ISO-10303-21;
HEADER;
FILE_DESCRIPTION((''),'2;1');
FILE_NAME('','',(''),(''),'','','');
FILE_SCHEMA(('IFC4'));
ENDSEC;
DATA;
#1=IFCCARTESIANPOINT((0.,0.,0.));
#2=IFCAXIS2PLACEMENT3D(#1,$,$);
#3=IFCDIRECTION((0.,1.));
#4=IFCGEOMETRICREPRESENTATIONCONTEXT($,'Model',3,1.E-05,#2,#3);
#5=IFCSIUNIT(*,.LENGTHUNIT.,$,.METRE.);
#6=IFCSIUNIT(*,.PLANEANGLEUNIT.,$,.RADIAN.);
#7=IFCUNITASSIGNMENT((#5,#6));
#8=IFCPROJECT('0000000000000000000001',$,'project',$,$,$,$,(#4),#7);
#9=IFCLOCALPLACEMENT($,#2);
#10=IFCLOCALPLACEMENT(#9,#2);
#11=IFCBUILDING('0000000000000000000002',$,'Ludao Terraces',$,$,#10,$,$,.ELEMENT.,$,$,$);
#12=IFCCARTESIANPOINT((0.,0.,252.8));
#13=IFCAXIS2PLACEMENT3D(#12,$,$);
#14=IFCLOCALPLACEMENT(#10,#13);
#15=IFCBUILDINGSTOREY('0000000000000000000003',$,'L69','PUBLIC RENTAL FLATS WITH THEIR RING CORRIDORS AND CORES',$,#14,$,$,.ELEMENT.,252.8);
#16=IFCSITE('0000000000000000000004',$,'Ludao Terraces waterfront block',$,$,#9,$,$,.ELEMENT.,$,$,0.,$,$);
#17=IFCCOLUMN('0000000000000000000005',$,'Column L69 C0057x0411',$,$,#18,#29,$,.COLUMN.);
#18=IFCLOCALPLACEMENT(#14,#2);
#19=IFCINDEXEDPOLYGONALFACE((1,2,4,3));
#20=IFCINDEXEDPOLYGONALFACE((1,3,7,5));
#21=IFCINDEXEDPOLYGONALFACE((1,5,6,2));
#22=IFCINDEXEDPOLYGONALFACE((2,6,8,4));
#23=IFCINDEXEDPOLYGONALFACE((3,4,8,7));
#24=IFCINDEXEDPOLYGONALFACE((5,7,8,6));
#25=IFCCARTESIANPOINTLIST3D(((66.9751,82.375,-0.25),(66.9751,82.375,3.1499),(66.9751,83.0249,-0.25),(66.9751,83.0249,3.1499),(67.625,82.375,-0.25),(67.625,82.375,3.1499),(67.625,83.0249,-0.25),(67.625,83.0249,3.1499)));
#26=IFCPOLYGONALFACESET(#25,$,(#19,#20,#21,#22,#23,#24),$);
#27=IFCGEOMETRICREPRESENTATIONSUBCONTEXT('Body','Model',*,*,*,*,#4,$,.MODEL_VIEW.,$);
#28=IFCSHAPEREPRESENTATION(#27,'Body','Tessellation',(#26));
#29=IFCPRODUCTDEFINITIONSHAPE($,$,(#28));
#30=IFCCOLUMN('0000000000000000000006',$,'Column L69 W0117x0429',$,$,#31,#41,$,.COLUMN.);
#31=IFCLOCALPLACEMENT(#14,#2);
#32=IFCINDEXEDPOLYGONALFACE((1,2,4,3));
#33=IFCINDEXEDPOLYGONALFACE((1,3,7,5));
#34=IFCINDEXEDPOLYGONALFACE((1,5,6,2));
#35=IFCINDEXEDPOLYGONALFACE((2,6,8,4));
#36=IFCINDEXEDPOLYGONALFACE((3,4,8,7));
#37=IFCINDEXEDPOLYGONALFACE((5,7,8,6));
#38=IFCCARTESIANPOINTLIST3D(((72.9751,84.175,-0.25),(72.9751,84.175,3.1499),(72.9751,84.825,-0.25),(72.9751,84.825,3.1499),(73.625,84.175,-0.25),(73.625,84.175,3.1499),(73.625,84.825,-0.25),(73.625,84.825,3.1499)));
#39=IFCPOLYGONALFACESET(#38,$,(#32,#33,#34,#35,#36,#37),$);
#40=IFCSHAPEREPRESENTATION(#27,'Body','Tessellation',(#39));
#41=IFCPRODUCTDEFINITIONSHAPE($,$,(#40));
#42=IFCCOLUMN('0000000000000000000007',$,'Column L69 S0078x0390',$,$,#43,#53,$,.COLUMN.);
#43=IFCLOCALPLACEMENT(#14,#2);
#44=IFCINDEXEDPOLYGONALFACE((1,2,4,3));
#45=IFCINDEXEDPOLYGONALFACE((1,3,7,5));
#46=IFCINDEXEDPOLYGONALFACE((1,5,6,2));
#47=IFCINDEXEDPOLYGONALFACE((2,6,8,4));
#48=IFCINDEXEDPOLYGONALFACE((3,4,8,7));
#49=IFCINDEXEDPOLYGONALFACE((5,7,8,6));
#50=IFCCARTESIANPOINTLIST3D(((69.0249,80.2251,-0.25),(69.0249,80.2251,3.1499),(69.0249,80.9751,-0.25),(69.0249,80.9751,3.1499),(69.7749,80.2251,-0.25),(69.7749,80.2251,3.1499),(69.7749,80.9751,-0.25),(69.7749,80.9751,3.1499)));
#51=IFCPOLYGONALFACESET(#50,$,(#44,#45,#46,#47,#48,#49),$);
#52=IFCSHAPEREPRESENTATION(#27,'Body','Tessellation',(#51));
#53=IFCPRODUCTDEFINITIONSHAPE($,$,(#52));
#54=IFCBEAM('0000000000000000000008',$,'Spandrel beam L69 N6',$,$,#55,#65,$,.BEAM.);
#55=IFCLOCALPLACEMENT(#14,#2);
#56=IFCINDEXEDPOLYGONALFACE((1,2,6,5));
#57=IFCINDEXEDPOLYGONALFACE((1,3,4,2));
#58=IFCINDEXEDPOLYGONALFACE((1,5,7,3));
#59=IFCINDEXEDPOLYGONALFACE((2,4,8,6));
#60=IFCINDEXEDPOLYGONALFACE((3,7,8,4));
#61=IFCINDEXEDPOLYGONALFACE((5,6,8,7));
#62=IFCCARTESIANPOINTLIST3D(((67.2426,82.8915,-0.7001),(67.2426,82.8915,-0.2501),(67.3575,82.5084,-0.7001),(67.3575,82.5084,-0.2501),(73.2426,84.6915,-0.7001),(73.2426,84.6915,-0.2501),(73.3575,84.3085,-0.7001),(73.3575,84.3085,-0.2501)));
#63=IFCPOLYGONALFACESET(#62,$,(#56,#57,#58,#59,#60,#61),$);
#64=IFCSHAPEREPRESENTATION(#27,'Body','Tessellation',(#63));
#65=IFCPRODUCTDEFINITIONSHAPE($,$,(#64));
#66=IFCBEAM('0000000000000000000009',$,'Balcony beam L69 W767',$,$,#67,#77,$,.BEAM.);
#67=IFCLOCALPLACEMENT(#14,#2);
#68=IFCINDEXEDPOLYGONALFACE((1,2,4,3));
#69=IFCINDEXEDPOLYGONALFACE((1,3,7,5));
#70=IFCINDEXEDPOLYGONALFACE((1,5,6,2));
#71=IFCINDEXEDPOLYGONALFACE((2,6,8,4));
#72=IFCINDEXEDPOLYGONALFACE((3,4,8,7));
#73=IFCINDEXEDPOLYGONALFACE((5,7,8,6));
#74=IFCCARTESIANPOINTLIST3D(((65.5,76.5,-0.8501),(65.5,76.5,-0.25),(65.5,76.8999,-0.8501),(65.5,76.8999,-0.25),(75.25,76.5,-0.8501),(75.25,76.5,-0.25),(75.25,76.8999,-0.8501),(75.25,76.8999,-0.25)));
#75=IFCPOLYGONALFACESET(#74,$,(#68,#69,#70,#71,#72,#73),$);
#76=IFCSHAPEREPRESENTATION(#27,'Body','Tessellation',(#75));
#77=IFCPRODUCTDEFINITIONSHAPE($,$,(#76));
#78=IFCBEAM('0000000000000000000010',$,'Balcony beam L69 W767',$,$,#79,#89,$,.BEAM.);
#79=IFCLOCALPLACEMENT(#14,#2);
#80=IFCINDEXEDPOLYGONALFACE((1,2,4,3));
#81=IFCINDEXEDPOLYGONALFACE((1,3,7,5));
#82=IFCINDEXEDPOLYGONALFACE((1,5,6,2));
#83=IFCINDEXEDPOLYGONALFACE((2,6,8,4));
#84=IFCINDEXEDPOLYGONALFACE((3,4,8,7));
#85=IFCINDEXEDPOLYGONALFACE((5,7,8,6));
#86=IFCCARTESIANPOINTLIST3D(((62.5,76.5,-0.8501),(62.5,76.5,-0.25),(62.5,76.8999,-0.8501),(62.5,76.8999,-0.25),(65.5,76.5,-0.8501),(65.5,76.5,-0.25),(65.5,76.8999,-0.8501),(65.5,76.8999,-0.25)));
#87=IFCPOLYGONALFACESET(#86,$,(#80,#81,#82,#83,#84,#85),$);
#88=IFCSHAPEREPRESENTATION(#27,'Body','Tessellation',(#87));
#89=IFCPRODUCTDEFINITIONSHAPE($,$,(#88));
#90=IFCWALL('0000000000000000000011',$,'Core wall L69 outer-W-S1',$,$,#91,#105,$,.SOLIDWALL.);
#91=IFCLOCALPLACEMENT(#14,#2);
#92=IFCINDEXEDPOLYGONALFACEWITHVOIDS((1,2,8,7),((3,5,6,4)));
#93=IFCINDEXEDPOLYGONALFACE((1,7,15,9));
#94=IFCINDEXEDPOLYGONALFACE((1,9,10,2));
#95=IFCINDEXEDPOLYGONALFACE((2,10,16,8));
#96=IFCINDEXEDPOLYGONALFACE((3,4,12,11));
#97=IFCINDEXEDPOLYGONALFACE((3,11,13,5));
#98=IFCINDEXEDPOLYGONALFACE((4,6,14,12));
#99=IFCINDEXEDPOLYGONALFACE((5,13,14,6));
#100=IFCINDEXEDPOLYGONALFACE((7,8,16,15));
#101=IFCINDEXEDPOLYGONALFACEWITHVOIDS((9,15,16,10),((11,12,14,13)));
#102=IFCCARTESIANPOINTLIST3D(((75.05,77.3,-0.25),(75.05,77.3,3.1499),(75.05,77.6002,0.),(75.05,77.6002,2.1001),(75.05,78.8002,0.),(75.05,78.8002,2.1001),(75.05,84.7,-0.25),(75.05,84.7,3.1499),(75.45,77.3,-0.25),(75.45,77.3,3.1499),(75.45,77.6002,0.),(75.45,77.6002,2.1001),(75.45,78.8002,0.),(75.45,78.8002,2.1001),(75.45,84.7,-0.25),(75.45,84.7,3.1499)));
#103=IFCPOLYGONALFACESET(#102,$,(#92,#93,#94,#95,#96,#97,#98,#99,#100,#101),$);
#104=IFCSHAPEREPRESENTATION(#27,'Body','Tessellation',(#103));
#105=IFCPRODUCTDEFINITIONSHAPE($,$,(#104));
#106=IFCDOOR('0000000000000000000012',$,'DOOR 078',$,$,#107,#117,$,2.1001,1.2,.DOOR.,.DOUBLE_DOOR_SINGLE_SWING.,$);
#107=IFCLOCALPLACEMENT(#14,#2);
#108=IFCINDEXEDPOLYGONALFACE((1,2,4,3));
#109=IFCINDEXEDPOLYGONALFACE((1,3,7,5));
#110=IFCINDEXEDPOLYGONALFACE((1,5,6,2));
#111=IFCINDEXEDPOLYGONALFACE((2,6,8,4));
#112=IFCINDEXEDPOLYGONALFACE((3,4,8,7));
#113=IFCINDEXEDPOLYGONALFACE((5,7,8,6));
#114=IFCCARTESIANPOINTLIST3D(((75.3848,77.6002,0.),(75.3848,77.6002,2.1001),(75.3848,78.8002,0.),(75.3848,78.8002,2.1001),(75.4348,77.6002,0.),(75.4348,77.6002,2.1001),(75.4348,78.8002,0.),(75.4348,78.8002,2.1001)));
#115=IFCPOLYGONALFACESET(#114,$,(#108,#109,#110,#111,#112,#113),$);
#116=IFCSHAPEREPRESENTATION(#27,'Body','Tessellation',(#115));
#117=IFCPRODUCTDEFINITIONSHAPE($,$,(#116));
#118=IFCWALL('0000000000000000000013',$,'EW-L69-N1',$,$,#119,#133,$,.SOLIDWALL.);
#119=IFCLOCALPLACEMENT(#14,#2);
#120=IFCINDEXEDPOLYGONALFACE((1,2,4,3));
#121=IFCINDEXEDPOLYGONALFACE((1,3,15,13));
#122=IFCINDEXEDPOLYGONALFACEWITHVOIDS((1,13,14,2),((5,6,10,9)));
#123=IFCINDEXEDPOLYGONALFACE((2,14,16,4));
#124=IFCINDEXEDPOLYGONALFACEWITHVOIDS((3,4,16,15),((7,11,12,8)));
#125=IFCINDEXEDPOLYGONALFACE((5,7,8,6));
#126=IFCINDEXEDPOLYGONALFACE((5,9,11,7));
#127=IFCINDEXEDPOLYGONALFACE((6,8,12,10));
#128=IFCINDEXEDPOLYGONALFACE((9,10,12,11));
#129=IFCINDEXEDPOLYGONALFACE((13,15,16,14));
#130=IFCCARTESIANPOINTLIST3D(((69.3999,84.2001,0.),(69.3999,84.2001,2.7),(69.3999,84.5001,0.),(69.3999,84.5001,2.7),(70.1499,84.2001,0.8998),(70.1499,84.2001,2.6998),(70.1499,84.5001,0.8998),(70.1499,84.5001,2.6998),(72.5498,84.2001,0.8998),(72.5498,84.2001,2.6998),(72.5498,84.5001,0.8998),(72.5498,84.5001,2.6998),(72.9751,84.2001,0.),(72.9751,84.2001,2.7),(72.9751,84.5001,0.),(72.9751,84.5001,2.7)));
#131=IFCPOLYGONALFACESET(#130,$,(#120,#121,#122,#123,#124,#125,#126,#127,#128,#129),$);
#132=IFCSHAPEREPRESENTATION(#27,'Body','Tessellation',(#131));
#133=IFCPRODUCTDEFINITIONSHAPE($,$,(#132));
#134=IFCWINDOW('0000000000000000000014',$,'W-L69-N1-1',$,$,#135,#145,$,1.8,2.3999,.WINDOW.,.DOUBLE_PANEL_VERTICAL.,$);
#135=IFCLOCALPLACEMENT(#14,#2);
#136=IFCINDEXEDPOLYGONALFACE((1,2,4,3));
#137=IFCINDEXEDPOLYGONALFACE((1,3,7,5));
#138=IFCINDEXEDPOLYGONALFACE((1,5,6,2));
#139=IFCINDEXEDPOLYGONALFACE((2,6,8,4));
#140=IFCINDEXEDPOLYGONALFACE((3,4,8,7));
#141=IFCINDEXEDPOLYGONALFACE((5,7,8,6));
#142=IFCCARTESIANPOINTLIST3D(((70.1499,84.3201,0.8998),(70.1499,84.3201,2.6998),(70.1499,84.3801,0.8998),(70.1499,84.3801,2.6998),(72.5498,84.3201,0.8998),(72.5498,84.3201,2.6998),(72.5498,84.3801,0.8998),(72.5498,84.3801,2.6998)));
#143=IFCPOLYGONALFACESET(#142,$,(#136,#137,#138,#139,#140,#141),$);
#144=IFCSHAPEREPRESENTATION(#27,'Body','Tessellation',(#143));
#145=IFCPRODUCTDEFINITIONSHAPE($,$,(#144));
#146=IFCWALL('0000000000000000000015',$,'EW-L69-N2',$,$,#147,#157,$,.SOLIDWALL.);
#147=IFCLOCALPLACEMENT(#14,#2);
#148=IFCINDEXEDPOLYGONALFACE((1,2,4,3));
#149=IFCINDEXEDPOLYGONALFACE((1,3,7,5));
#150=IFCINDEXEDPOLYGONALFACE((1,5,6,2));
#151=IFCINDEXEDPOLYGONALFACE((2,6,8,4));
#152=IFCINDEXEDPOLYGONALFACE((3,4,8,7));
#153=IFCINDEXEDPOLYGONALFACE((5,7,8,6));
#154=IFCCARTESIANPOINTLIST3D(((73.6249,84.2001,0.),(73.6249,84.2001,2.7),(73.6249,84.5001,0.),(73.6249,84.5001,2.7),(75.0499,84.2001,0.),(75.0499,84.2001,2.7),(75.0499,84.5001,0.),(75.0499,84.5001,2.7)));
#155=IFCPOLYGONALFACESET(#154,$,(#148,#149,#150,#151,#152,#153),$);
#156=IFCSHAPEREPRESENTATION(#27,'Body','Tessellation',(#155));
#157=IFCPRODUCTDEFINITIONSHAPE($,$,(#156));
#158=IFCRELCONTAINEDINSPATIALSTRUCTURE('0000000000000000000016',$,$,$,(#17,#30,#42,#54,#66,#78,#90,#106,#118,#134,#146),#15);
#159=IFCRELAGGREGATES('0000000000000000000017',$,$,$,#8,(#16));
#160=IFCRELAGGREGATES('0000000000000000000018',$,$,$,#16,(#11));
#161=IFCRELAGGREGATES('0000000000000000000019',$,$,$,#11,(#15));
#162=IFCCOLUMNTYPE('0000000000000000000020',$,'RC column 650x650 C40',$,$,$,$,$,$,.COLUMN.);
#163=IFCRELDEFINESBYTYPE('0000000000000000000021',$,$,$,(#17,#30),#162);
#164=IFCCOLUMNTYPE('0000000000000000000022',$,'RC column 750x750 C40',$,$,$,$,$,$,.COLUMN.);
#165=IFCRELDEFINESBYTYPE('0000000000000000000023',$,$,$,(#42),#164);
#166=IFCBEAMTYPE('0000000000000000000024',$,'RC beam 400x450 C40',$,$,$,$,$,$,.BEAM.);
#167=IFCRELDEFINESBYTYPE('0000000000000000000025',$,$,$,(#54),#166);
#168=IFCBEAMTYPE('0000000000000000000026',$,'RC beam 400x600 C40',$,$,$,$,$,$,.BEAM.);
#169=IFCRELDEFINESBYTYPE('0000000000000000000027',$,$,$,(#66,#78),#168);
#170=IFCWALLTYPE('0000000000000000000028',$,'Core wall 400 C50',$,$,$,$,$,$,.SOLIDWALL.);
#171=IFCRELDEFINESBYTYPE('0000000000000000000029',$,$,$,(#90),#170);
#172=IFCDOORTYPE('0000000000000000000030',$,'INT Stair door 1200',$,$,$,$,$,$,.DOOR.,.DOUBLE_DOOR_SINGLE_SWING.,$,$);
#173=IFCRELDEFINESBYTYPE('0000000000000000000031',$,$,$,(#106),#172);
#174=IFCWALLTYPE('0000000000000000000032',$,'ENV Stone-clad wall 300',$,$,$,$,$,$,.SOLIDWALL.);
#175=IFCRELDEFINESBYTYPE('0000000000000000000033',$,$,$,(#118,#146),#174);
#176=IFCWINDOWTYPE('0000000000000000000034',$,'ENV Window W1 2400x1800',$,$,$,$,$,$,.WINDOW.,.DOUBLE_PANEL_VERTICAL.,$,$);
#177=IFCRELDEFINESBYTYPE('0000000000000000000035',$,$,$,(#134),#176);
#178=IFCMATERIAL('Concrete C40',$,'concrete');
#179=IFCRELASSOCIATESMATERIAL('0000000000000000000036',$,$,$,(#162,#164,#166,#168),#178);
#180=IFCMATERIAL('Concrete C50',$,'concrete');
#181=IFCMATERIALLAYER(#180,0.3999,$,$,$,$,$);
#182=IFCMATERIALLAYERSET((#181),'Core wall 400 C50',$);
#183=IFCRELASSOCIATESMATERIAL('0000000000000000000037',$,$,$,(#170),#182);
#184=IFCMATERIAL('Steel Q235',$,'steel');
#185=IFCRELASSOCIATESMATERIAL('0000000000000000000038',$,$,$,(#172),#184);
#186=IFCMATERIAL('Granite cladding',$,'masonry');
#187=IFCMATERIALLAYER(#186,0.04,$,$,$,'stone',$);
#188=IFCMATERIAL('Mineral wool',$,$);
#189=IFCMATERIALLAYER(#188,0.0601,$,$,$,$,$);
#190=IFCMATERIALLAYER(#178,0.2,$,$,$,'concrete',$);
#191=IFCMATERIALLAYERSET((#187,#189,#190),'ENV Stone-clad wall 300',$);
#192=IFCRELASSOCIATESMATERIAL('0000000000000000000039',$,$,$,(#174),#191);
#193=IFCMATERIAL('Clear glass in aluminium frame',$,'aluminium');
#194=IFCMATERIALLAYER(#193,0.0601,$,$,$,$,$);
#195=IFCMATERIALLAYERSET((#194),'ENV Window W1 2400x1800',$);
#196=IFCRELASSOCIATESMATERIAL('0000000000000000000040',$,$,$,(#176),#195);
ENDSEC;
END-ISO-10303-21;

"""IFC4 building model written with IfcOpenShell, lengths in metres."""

from ifc_helpers import new_model, si_unit, direction, frame, frame_2d, origin, origin_2d, place, context, subcontext, project, spatial, rectangle, extrude, material, layer, layer_set, material_profile, profile_set, type_object, element, fill, save


model = new_model("IFC4")

# Units and contexts
model_context = context("Model", 3, precision=1e-05, world=origin(), true_north=direction((0.0, 1.0)))
body_context = subcontext(model_context, "Body", "Model", "MODEL_VIEW")
ifc_project = project(units=[si_unit("LENGTHUNIT", "METRE"), si_unit("PLANEANGLEUNIT", "RADIAN")], contexts=[model_context])

# Site, building, storey
site_placement = place(None, origin())
site = spatial("IfcSite", under=ifc_project, at=site_placement, Name="Ludao Terraces waterfront block", CompositionType="ELEMENT", RefElevation=0.0)
building_placement = place(site_placement, origin())
building = spatial("IfcBuilding", under=site, at=building_placement, Name="Ludao Terraces", CompositionType="ELEMENT")
storey_placement = place(building_placement, frame((0.0, 0.0, 252.8)))
storey = spatial("IfcBuildingStorey", under=building, at=storey_placement, Name="L69", Description="PUBLIC RENTAL FLATS WITH THEIR RING CORRIDORS AND CORES", CompositionType="ELEMENT", Elevation=252.8)

# Columns
ifc_material_1 = material(Name="Concrete C40", Category="concrete")
ifc_material_profile_1 = material_profile(ifc_material_1, rectangle(XDim=0.6499, YDim=0.6499, at=origin_2d()), Name="650 X 650")
ifc_profile_set_1 = profile_set([ifc_material_profile_1], Name="Concrete C40")
column_type_1 = type_object("IfcColumnType", Name="RC column 650x650 C40", PredefinedType="COLUMN", material=ifc_profile_set_1)
for number, where, z_axis, x_axis, name in (
    (1, (67.3, 82.7, -0.25), (0.0, 0.0, 1.0), (1.0, 0.0, 0.0), "Column L69 C0057x0411"),
    (2, (73.3, 84.5, -0.25), (0.0, 0.0, 1.0), (1.0, 0.0, 0.0), "Column L69 W0117x0429"),
):
    element("IfcColumn", number, at=place(storey_placement, frame(where, z_axis=z_axis, x_axis=x_axis)), inside=storey, type_object=column_type_1, Name=name, PredefinedType="COLUMN", context=body_context, shape_type="SweptSolid", body=[
        extrude(rectangle(XDim=0.6499, YDim=0.6499, at=origin_2d()), origin(), (0.0, 0.0, 1.0), 3.3999),
    ])
ifc_material_profile_2 = material_profile(ifc_material_1, rectangle(XDim=0.75, YDim=0.75, at=origin_2d()), Name="750 X 750")
ifc_profile_set_2 = profile_set([ifc_material_profile_2], Name="Concrete C40")
column_type_2 = type_object("IfcColumnType", Name="RC column 750x750 C40", PredefinedType="COLUMN", material=ifc_profile_set_2)
column_placement = place(storey_placement, frame((69.3999, 80.6001, -0.25), z_axis=(0.0, 0.0, 1.0), x_axis=(1.0, 0.0, 0.0)))
element("IfcColumn", 3, at=column_placement, inside=storey, type_object=column_type_2, Name="Column L69 S0078x0390", PredefinedType="COLUMN", context=body_context, shape_type="SweptSolid", body=[
    extrude(rectangle(XDim=0.75, YDim=0.75, at=origin_2d()), origin(), (0.0, 0.0, 1.0), 3.3999),
])

# Beams
ifc_material_profile_3 = material_profile(ifc_material_1, rectangle(XDim=0.3999, YDim=0.45, at=origin_2d()), Name="400 X 450")
ifc_profile_set_3 = profile_set([ifc_material_profile_3], Name="Concrete C40")
beam_type_1 = type_object("IfcBeamType", Name="RC beam 400x450 C40", PredefinedType="BEAM", material=ifc_profile_set_3)
beam_1_placement = place(storey_placement, frame((67.3, 82.7, -0.4751), z_axis=(0.957824, 0.287355, 0.0), x_axis=(-0.287355, 0.957824, 0.0)))
element("IfcBeam", 4, at=beam_1_placement, inside=storey, type_object=beam_type_1, Name="Spandrel beam L69 N6", PredefinedType="BEAM", context=body_context, shape_type="SweptSolid", body=[
    extrude(rectangle(XDim=0.3999, YDim=0.45, at=origin_2d()), origin(), (0.0, 0.0, 1.0), 6.2642),
])
ifc_material_profile_4 = material_profile(ifc_material_1, rectangle(XDim=0.3999, YDim=0.6001, at=origin_2d()), Name="400 X 600")
ifc_profile_set_4 = profile_set([ifc_material_profile_4], Name="Concrete C40")
beam_type_2 = type_object("IfcBeamType", Name="RC beam 400x600 C40", PredefinedType="BEAM", material=ifc_profile_set_4)
beam_2_placement = place(storey_placement, frame((75.25, 76.7, -0.55), z_axis=(-1.0, 0.0, 0.0), x_axis=(0.0, -1.0, 0.0)))
element("IfcBeam", 5, at=beam_2_placement, inside=storey, type_object=beam_type_2, Name="Balcony beam L69 W767", PredefinedType="BEAM", context=body_context, shape_type="SweptSolid", body=[
    extrude(rectangle(XDim=0.3999, YDim=0.6001, at=origin_2d()), origin(), (0.0, 0.0, 1.0), 9.75),
])
beam_3_placement = place(storey_placement, frame((65.5, 76.7, -0.55), z_axis=(-1.0, 0.0, 0.0), x_axis=(0.0, -1.0, 0.0)))
element("IfcBeam", 6, at=beam_3_placement, inside=storey, type_object=beam_type_2, Name="Balcony beam L69 W767", PredefinedType="BEAM", context=body_context, shape_type="SweptSolid", body=[
    extrude(rectangle(XDim=0.3999, YDim=0.6001, at=origin_2d()), origin(), (0.0, 0.0, 1.0), 3.0),
])

# Wall, opening, door
ifc_material_2 = material(Name="Concrete C50", Category="concrete")
ifc_layer_1 = layer(ifc_material_2, 0.3999)
ifc_layer_set_1 = layer_set([ifc_layer_1], Name="Core wall 400 C50")
wall_type_1 = type_object("IfcWallType", Name="Core wall 400 C50", PredefinedType="SOLIDWALL", material=ifc_layer_set_1)
wall_1_placement = place(storey_placement, frame((75.25, 77.3, -0.25), z_axis=(0.0, 0.0, 1.0), x_axis=(0.0, 1.0, 0.0)))
wall_1 = element("IfcWall", 7, at=wall_1_placement, inside=storey, type_object=wall_type_1, Name="Core wall L69 outer-W-S1", PredefinedType="SOLIDWALL", context=body_context, shape_type="SweptSolid", body=[
    extrude(rectangle(XDim=7.3999, YDim=0.3999, at=frame_2d((3.7, 0.0))), origin(), (0.0, 0.0, 1.0), 3.3999),
])
opening_1_placement = place(wall_1_placement, frame((0.3, 0.0, 0.25)))
opening_1 = element("IfcOpeningElement", 8, at=opening_1_placement, cuts=wall_1, PredefinedType="OPENING", context=body_context, shape_type="SweptSolid", body=[
    extrude(rectangle(XDim=1.2, YDim=2.1001, at=frame_2d((0.6001, 1.05))), frame((0.0, 0.21, 0.0), z_axis=(0.0, -1.0, 0.0), x_axis=(1.0, 0.0, 0.0)), (0.0, 0.0, 1.0), 0.4199),
])
ifc_material_3 = material(Name="Steel Q235", Category="steel")
door_type_1 = type_object("IfcDoorType", Name="INT Stair door 1200", OperationType="DOUBLE_DOOR_SINGLE_SWING", PredefinedType="DOOR", material=ifc_material_3)
door_1_placement = place(opening_1_placement, origin())
door_1 = element("IfcDoor", 9, at=door_1_placement, inside=storey, type_object=door_type_1, Name="DOOR 078", OperationType="DOUBLE_DOOR_SINGLE_SWING", OverallHeight=2.1001, OverallWidth=1.2, PredefinedType="DOOR", context=body_context, shape_type="SweptSolid", body=[
    extrude(rectangle(XDim=1.2, YDim=2.1001, at=frame_2d((0.6001, 1.05))), frame((0.0, -0.1348, 0.0), z_axis=(0.0, -1.0, 0.0), x_axis=(1.0, 0.0, 0.0)), (0.0, 0.0, 1.0), 0.05),
])
fill(opening_1, door_1)

# Wall, opening, window
ifc_material_4 = material(Name="Granite cladding", Category="masonry")
ifc_layer_2 = layer(ifc_material_4, 0.04, Category="stone")
ifc_material_5 = material(Name="Mineral wool")
ifc_layer_3 = layer(ifc_material_5, 0.0601)
ifc_layer_4 = layer(ifc_material_1, 0.2, Category="concrete")
ifc_layer_set_2 = layer_set([ifc_layer_2, ifc_layer_3, ifc_layer_4], Name="ENV Stone-clad wall 300")
wall_type_2 = type_object("IfcWallType", Name="ENV Stone-clad wall 300", PredefinedType="SOLIDWALL", material=ifc_layer_set_2)
wall_2_placement = place(storey_placement, frame((69.3999, 84.3501, 0.0), z_axis=(0.0, 0.0, 1.0), x_axis=(1.0, 0.0, 0.0)))
wall_2 = element("IfcWall", 10, at=wall_2_placement, inside=storey, type_object=wall_type_2, Name="EW-L69-N1", PredefinedType="SOLIDWALL", context=body_context, shape_type="SweptSolid", body=[
    extrude(rectangle(XDim=3.5752, YDim=0.3, at=frame_2d((1.7876, 0.0))), origin(), (0.0, 0.0, 1.0), 2.7),
])
opening_2_placement = place(wall_2_placement, frame((0.75, 0.0, 0.8999)))
opening_2 = element("IfcOpeningElement", 11, at=opening_2_placement, cuts=wall_2, PredefinedType="OPENING", context=body_context, shape_type="SweptSolid", body=[
    extrude(rectangle(XDim=2.3999, YDim=1.8, at=frame_2d((1.2, 0.8999))), frame((0.0, 0.1602, 0.0), z_axis=(0.0, -1.0, 0.0), x_axis=(1.0, 0.0, 0.0)), (0.0, 0.0, 1.0), 0.3201),
])
ifc_material_6 = material(Name="Clear glass in aluminium frame", Category="aluminium")
ifc_layer_5 = layer(ifc_material_6, 0.0601)
ifc_layer_set_3 = layer_set([ifc_layer_5], Name="ENV Window W1 2400x1800")
window_type_1 = type_object("IfcWindowType", Name="ENV Window W1 2400x1800", PartitioningType="DOUBLE_PANEL_VERTICAL", PredefinedType="WINDOW", material=ifc_layer_set_3)
window_1_placement = place(opening_2_placement, origin())
window_1 = element("IfcWindow", 12, at=window_1_placement, inside=storey, type_object=window_type_1, Name="W-L69-N1-1", OverallHeight=1.8, OverallWidth=2.3999, PartitioningType="DOUBLE_PANEL_VERTICAL", PredefinedType="WINDOW", context=body_context, shape_type="SweptSolid", body=[
    extrude(rectangle(XDim=2.3999, YDim=1.8, at=frame_2d((1.2, 0.8999))), frame((0.0, 0.03, 0.0), z_axis=(0.0, -1.0, 0.0), x_axis=(1.0, 0.0, 0.0)), (0.0, 0.0, 1.0), 0.0601),
])
fill(opening_2, window_1)

# Wall
wall_3_placement = place(storey_placement, frame((73.625, 84.3501, 0.0), z_axis=(0.0, 0.0, 1.0), x_axis=(1.0, 0.0, 0.0)))
element("IfcWall", 13, at=wall_3_placement, inside=storey, type_object=wall_type_2, Name="EW-L69-N2", PredefinedType="SOLIDWALL", context=body_context, shape_type="SweptSolid", body=[
    extrude(rectangle(XDim=1.425, YDim=0.3, at=frame_2d((0.7124, 0.0))), origin(), (0.0, 0.0, 1.0), 2.7),
])

save(model, "model.ifc")
